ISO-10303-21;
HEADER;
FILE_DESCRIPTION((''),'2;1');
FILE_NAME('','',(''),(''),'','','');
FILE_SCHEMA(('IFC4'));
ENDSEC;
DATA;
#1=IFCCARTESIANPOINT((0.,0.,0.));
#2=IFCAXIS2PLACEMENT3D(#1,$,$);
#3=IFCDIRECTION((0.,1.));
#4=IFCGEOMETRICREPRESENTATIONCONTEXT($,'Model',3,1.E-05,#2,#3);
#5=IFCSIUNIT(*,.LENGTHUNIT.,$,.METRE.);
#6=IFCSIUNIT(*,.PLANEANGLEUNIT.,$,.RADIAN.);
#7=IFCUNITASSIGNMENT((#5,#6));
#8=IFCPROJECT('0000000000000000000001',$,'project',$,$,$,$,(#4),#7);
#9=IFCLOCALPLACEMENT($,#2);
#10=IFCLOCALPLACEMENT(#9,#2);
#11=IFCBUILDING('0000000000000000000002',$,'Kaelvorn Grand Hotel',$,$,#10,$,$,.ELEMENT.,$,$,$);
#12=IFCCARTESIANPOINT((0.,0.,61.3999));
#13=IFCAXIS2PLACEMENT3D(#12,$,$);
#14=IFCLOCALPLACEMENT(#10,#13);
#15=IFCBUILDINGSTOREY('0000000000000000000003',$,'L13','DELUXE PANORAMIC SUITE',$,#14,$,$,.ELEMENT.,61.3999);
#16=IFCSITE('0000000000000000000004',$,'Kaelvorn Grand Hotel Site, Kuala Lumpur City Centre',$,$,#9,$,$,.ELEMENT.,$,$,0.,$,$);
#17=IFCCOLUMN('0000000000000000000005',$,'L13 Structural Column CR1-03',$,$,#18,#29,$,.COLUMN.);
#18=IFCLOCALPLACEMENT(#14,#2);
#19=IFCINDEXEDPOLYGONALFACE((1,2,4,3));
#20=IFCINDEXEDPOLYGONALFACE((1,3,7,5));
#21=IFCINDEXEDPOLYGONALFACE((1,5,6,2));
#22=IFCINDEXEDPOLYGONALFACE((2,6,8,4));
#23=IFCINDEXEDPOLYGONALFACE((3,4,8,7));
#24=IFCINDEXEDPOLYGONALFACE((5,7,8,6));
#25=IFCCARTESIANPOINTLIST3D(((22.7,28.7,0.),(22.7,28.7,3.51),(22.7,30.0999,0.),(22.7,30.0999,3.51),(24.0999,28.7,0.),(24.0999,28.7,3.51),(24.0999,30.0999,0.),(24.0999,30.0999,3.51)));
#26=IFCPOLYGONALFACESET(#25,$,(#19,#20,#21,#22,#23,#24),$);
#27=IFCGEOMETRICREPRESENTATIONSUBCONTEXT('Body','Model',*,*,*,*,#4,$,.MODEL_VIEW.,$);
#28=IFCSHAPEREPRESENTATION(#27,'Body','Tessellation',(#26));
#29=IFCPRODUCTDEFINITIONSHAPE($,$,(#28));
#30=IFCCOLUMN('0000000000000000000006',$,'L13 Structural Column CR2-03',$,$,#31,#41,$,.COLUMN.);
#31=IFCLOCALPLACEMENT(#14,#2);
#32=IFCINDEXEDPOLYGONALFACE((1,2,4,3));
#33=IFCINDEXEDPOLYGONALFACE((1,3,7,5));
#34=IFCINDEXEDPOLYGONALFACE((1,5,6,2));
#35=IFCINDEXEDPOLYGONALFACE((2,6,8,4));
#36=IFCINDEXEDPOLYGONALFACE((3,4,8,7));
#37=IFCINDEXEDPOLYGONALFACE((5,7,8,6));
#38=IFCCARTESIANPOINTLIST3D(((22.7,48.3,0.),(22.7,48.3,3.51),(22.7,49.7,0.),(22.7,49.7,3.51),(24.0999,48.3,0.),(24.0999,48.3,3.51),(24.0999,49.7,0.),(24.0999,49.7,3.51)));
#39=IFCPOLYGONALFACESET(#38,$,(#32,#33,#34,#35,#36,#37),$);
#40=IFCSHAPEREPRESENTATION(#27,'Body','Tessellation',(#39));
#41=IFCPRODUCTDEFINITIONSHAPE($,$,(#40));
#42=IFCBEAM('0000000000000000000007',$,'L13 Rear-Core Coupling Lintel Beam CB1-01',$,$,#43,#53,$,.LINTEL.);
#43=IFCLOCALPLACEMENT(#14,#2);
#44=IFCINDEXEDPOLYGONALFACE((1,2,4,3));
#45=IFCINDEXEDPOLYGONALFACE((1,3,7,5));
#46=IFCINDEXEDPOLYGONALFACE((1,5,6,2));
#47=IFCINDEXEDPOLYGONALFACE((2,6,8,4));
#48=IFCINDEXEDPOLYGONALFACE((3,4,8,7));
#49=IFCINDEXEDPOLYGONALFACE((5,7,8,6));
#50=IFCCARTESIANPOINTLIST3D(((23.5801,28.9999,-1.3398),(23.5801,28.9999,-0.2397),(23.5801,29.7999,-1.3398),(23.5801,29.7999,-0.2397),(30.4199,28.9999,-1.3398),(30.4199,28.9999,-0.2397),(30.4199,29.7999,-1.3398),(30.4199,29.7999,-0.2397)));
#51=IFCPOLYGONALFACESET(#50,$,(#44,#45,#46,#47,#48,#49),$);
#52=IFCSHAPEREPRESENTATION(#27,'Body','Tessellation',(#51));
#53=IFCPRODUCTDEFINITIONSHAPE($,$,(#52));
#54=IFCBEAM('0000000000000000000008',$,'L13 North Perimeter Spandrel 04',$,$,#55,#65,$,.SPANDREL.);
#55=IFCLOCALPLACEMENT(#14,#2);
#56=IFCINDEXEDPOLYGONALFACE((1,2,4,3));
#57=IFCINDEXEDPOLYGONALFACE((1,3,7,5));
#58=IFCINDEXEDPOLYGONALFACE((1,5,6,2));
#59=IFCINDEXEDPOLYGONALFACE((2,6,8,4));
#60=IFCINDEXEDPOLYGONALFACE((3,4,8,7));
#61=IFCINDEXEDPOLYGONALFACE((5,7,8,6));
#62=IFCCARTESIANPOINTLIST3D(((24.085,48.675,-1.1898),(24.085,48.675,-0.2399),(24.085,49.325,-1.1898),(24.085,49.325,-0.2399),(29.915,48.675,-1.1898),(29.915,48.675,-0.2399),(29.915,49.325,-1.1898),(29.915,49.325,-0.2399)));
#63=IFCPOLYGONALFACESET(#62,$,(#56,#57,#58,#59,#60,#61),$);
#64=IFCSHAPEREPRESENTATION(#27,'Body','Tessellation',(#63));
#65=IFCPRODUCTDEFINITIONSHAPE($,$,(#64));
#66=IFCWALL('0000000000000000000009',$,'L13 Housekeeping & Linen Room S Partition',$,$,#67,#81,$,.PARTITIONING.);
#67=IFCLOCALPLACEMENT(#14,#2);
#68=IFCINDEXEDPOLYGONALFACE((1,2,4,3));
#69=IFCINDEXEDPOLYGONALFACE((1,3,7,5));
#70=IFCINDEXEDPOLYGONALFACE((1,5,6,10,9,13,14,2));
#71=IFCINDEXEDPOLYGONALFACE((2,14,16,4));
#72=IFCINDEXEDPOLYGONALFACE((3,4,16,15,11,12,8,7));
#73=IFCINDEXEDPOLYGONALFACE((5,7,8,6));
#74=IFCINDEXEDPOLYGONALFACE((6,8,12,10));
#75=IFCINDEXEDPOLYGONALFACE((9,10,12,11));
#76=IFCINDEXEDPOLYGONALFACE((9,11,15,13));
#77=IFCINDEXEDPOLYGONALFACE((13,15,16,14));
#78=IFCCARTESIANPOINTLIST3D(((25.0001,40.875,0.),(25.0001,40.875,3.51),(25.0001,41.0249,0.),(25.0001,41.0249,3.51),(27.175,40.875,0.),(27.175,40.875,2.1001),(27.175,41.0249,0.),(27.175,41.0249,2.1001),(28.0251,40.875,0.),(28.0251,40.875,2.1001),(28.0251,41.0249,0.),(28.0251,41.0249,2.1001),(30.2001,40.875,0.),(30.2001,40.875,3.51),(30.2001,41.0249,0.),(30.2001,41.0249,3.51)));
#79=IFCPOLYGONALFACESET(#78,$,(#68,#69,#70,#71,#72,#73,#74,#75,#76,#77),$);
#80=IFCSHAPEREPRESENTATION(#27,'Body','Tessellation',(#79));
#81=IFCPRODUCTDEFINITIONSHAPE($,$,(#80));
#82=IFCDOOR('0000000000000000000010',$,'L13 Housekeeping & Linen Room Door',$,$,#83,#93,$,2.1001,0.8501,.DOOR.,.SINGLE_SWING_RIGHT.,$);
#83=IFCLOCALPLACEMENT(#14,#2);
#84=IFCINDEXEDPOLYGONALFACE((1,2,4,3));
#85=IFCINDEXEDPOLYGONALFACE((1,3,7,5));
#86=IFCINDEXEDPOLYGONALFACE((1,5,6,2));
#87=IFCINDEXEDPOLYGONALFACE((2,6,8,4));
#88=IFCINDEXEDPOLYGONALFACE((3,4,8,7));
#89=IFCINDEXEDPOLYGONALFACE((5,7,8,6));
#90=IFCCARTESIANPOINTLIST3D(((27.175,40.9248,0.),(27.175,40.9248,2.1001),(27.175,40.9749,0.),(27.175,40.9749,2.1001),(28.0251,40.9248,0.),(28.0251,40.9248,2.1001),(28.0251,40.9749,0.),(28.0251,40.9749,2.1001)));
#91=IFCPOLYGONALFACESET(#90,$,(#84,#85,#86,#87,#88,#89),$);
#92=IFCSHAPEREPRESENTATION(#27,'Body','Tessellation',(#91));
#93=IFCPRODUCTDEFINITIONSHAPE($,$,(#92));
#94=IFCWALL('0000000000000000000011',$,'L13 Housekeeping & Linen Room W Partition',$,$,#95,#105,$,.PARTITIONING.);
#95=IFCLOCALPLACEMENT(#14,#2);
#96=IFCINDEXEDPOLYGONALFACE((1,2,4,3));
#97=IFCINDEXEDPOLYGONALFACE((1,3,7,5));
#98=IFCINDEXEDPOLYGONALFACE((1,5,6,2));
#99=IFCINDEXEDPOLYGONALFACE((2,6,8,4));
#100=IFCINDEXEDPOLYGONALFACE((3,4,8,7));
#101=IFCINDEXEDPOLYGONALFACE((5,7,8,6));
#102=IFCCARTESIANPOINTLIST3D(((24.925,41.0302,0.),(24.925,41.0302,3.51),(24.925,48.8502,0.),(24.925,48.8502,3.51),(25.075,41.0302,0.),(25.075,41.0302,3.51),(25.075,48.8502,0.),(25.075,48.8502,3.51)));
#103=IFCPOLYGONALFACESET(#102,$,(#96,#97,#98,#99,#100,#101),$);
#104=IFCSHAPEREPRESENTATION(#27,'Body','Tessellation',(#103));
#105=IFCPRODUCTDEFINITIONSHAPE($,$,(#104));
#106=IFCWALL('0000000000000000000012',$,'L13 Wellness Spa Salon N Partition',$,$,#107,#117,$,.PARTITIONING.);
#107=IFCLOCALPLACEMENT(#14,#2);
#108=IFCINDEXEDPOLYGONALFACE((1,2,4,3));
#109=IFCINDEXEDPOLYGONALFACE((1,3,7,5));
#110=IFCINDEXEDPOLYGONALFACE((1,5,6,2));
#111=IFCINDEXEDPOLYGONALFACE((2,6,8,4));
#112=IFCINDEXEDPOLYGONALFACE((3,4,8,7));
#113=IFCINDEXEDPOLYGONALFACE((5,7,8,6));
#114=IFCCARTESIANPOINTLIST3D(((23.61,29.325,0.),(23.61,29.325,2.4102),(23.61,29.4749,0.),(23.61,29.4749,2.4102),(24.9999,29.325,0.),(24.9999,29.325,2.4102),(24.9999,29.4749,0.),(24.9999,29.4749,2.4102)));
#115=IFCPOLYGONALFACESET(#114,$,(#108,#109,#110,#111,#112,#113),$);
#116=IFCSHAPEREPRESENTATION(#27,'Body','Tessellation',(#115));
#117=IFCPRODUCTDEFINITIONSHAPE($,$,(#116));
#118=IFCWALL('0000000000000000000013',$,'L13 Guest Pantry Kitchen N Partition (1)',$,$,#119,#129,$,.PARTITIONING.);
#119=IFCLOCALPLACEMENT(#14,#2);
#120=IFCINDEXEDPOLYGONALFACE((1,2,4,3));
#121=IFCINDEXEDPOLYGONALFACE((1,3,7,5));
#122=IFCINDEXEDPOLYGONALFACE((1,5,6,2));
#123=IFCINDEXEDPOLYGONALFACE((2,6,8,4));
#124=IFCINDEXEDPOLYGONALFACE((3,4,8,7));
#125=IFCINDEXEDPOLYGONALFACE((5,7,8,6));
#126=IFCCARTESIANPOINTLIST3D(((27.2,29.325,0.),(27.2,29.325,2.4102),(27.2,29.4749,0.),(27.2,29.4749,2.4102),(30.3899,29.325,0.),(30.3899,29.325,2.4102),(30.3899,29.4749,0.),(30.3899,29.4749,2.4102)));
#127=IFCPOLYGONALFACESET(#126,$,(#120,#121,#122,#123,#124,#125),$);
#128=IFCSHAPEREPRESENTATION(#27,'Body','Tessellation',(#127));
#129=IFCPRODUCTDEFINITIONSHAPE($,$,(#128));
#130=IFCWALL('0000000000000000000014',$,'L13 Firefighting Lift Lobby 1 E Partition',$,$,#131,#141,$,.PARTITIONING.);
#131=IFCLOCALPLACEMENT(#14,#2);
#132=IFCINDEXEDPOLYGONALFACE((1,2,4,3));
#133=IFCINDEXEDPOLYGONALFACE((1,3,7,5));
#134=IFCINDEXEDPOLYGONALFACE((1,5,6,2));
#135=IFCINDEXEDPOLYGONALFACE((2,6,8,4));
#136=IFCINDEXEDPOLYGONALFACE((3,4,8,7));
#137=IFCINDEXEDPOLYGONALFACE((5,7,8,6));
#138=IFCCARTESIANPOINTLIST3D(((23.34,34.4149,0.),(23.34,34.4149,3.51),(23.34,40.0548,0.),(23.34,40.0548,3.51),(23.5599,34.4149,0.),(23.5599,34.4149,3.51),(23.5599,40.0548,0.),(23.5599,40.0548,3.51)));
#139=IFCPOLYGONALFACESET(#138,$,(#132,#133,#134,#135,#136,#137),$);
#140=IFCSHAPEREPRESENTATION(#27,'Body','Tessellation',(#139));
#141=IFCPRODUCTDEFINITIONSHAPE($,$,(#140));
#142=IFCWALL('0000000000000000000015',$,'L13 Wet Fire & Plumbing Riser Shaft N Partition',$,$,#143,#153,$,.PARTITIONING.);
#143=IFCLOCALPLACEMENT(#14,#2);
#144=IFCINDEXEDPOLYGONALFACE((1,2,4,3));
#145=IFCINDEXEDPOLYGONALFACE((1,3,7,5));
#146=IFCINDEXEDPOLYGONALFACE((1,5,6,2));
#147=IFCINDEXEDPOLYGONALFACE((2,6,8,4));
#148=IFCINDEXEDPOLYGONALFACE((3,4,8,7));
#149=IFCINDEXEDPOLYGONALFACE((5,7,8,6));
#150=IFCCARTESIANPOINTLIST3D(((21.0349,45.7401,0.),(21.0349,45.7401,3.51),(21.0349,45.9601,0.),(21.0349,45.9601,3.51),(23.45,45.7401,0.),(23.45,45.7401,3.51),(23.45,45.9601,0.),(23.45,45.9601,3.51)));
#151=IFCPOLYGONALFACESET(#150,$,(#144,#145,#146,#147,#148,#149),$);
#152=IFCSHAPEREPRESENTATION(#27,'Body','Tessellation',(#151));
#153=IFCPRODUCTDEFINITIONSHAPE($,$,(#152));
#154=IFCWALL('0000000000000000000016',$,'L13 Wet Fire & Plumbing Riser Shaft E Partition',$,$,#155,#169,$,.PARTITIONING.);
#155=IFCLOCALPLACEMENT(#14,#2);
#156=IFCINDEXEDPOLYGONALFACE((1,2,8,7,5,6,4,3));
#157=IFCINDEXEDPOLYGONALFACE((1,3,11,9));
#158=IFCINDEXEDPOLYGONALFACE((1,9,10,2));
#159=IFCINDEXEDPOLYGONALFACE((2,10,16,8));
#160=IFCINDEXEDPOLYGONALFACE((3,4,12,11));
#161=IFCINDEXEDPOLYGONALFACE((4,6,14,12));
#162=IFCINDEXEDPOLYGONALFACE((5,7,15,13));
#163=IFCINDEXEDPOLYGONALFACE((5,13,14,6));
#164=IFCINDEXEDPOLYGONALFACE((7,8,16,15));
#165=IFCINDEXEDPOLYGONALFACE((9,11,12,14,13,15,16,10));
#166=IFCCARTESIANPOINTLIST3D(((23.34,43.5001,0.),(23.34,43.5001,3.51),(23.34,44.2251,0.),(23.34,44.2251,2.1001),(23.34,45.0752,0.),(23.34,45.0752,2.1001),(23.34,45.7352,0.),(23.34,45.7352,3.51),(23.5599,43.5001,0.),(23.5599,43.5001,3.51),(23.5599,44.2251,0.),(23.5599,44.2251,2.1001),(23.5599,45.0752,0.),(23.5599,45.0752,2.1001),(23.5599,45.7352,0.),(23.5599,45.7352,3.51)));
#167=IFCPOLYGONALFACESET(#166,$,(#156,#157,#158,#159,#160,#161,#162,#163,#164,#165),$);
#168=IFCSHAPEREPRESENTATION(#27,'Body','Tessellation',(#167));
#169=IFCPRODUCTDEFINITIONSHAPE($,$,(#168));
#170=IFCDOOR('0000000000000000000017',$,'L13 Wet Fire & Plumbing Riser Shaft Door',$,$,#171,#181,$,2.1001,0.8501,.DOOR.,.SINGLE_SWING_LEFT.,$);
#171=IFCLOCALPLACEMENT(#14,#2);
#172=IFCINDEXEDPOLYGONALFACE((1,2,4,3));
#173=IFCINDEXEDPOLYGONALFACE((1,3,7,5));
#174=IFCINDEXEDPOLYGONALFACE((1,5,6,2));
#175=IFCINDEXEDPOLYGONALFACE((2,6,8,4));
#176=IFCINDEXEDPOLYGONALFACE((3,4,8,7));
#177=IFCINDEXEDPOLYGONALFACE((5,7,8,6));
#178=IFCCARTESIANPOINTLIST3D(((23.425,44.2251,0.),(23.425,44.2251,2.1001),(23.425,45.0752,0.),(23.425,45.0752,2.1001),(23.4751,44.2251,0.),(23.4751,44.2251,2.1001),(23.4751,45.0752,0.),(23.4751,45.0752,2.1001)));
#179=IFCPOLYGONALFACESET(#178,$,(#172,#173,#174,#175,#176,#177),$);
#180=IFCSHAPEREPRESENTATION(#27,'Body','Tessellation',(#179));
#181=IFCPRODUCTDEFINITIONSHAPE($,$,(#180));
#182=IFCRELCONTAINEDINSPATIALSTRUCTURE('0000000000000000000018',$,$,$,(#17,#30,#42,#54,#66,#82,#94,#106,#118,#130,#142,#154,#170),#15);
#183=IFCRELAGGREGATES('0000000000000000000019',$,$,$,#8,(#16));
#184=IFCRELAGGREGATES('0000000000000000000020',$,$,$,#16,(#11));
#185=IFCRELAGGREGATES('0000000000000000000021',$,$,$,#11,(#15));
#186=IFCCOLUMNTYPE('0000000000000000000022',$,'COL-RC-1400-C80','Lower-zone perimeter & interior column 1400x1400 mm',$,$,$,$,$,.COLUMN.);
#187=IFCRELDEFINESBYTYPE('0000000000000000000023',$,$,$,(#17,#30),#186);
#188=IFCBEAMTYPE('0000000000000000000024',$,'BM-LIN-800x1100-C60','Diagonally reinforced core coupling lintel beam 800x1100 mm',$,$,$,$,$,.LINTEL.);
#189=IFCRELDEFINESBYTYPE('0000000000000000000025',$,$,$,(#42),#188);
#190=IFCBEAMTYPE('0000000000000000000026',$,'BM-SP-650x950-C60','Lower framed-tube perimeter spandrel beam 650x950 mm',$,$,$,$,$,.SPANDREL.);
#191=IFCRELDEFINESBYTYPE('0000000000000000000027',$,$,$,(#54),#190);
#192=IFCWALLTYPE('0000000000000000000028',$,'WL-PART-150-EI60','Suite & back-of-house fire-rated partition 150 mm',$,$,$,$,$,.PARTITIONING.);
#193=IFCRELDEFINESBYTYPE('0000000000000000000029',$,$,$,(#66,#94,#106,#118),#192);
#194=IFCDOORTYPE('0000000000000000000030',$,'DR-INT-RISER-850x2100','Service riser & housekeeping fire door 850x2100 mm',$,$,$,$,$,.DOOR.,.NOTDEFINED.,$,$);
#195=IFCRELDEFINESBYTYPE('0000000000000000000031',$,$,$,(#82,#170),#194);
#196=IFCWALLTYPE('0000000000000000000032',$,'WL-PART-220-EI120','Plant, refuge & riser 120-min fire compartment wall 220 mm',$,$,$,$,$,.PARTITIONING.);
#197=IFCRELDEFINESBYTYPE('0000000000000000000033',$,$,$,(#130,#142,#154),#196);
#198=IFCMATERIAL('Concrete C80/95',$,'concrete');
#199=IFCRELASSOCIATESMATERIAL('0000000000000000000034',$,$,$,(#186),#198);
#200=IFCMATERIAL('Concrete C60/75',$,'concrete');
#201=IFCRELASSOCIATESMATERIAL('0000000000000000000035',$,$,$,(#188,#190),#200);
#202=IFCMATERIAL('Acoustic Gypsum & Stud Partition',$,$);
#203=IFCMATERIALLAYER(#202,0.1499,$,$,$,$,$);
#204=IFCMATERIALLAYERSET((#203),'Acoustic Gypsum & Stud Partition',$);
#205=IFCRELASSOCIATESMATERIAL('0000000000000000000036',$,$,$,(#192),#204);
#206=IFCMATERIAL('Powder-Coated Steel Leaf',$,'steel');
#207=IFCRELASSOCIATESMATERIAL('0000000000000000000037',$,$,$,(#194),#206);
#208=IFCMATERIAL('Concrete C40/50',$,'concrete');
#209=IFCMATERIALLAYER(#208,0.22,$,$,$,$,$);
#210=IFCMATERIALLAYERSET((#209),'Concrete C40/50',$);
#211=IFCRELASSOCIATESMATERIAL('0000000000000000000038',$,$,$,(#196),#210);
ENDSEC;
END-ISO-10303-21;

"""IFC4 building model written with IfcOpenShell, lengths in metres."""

from ifc_helpers import new_model, si_unit, direction, frame, frame_2d, origin, origin_2d, place, context, subcontext, project, spatial, rectangle, extrude, material, layer, layer_set, material_profile, profile_set, type_object, element, fill, save


model = new_model("IFC4")

# Units and contexts
model_context = context("Model", 3, precision=1e-05, world=origin(), true_north=direction((0.0, 1.0)))
body_context = subcontext(model_context, "Body", "Model", "MODEL_VIEW")
ifc_project = project(units=[si_unit("LENGTHUNIT", "METRE"), si_unit("PLANEANGLEUNIT", "RADIAN")], contexts=[model_context])

# Site, building, storey
site_placement = place(None, origin())
site = spatial("IfcSite", under=ifc_project, at=site_placement, Name="Kaelvorn Grand Hotel Site, Kuala Lumpur City Centre", CompositionType="ELEMENT", RefElevation=0.0)
building_placement = place(site_placement, origin())
building = spatial("IfcBuilding", under=site, at=building_placement, Name="Kaelvorn Grand Hotel", CompositionType="ELEMENT")
storey_placement = place(building_placement, frame((0.0, 0.0, 61.3999)))
storey = spatial("IfcBuildingStorey", under=building, at=storey_placement, Name="L13", Description="DELUXE PANORAMIC SUITE", CompositionType="ELEMENT", Elevation=61.3999)

# Columns
ifc_material_1 = material(Name="Concrete C80/95", Category="concrete")
ifc_material_profile_1 = material_profile(ifc_material_1, rectangle(XDim=1.3999, YDim=1.3999, at=origin_2d()), Name="RC COL 1400x1400")
ifc_profile_set_1 = profile_set([ifc_material_profile_1], Name="Concrete C80/95")
column_type = type_object("IfcColumnType", Name="COL-RC-1400-C80", Description="Lower-zone perimeter & interior column 1400x1400 mm", PredefinedType="COLUMN", material=ifc_profile_set_1)
for number, where, z_axis, x_axis, name in (
    (1, (23.3999, 29.3999, 0.0), (0.0, 0.0, 1.0), (1.0, 0.0, 0.0), "L13 Structural Column CR1-03"),
    (2, (23.3999, 49.0, 0.0), (0.0, 0.0, 1.0), (1.0, 0.0, 0.0), "L13 Structural Column CR2-03"),
):
    element("IfcColumn", number, at=place(storey_placement, frame(where, z_axis=z_axis, x_axis=x_axis)), inside=storey, type_object=column_type, Name=name, PredefinedType="COLUMN", context=body_context, shape_type="SweptSolid", body=[
        extrude(rectangle(XDim=1.3999, YDim=1.3999, at=origin_2d()), origin(), (0.0, 0.0, 1.0), 3.51),
    ])

# Beams
ifc_material_2 = material(Name="Concrete C60/75", Category="concrete")
ifc_material_profile_2 = material_profile(ifc_material_2, rectangle(XDim=0.8, YDim=1.1001, at=origin_2d()), Name="RC LINTEL 800x1100")
ifc_profile_set_2 = profile_set([ifc_material_profile_2], Name="Concrete C60/75")
beam_type_1 = type_object("IfcBeamType", Name="BM-LIN-800x1100-C60", Description="Diagonally reinforced core coupling lintel beam 800x1100 mm", PredefinedType="LINTEL", material=ifc_profile_set_2)
beam_1_placement = place(storey_placement, frame((23.5801, 29.3999, -0.7898), z_axis=(1.0, 0.0, 0.0), x_axis=(0.0, 1.0, 0.0)))
element("IfcBeam", 3, at=beam_1_placement, inside=storey, type_object=beam_type_1, Name="L13 Rear-Core Coupling Lintel Beam CB1-01", PredefinedType="LINTEL", context=body_context, shape_type="SweptSolid", body=[
    extrude(rectangle(XDim=0.8, YDim=1.1001, at=origin_2d()), origin(), (0.0, 0.0, 1.0), 6.8398),
])
ifc_material_profile_3 = material_profile(ifc_material_2, rectangle(XDim=0.6499, YDim=0.95, at=origin_2d()), Name="RC SPANDREL 650x950")
ifc_profile_set_3 = profile_set([ifc_material_profile_3], Name="Concrete C60/75")
beam_type_2 = type_object("IfcBeamType", Name="BM-SP-650x950-C60", Description="Lower framed-tube perimeter spandrel beam 650x950 mm", PredefinedType="SPANDREL", material=ifc_profile_set_3)
beam_2_placement = place(storey_placement, frame((24.085, 49.0, -0.7148), z_axis=(1.0, 0.0, 0.0), x_axis=(0.0, 1.0, 0.0)))
element("IfcBeam", 4, at=beam_2_placement, inside=storey, type_object=beam_type_2, Name="L13 North Perimeter Spandrel 04", PredefinedType="SPANDREL", context=body_context, shape_type="SweptSolid", body=[
    extrude(rectangle(XDim=0.6499, YDim=0.95, at=origin_2d()), origin(), (0.0, 0.0, 1.0), 5.8301),
])

# Wall, opening, door
ifc_material_3 = material(Name="Acoustic Gypsum & Stud Partition")
ifc_layer_1 = layer(ifc_material_3, 0.1499)
ifc_layer_set_1 = layer_set([ifc_layer_1], Name="Acoustic Gypsum & Stud Partition")
wall_type_1 = type_object("IfcWallType", Name="WL-PART-150-EI60", Description="Suite & back-of-house fire-rated partition 150 mm", PredefinedType="PARTITIONING", material=ifc_layer_set_1)
wall_1_placement = place(storey_placement, frame((25.0, 40.95, 0.0), z_axis=(0.0, 0.0, 1.0), x_axis=(1.0, 0.0, 0.0)))
wall_1 = element("IfcWall", 5, at=wall_1_placement, inside=storey, type_object=wall_type_1, Name="L13 Housekeeping & Linen Room S Partition", PredefinedType="PARTITIONING", context=body_context, shape_type="SweptSolid", body=[
    extrude(rectangle(XDim=5.2, YDim=0.1499, at=frame_2d((2.6001, 0.0))), origin(), (0.0, 0.0, 1.0), 3.51),
])
opening_1_placement = place(wall_1_placement, frame((2.175, 0.0, 0.0)))
opening_1 = element("IfcOpeningElement", 6, at=opening_1_placement, cuts=wall_1, PredefinedType="OPENING", context=body_context, shape_type="SweptSolid", body=[
    extrude(rectangle(XDim=0.8501, YDim=2.1001, at=frame_2d((0.425, 1.05))), frame((0.0, 0.085, 0.0), z_axis=(0.0, -1.0, 0.0), x_axis=(1.0, 0.0, 0.0)), (0.0, 0.0, 1.0), 0.1699),
])
ifc_material_4 = material(Name="Powder-Coated Steel Leaf", Category="steel")
door_type_1 = type_object("IfcDoorType", Name="DR-INT-RISER-850x2100", Description="Service riser & housekeeping fire door 850x2100 mm", OperationType="NOTDEFINED", PredefinedType="DOOR", material=ifc_material_4)
door_1_placement = place(opening_1_placement, origin())
door_1 = element("IfcDoor", 7, at=door_1_placement, inside=storey, type_object=door_type_1, Name="L13 Housekeeping & Linen Room Door", OperationType="SINGLE_SWING_RIGHT", OverallHeight=2.1001, OverallWidth=0.8501, PredefinedType="DOOR", context=body_context, shape_type="SweptSolid", body=[
    extrude(rectangle(XDim=0.8501, YDim=2.1001, at=frame_2d((0.425, 1.05))), frame((0.0, 0.0249, 0.0), z_axis=(0.0, -1.0, 0.0), x_axis=(1.0, 0.0, 0.0)), (0.0, 0.0, 1.0), 0.05),
])
fill(opening_1, door_1)

# Walls
wall_2_placement = place(storey_placement, frame((25.0, 41.03, 0.0), z_axis=(0.0, 0.0, 1.0), x_axis=(0.0, 1.0, 0.0)))
element("IfcWall", 8, at=wall_2_placement, inside=storey, type_object=wall_type_1, Name="L13 Housekeeping & Linen Room W Partition", PredefinedType="PARTITIONING", context=body_context, shape_type="SweptSolid", body=[
    extrude(rectangle(XDim=7.8201, YDim=0.1499, at=frame_2d((3.9102, 0.0))), origin(), (0.0, 0.0, 1.0), 3.51),
])
wall_3_placement = place(storey_placement, frame((23.6101, 29.3999, 0.0), z_axis=(0.0, 0.0, 1.0), x_axis=(1.0, 0.0, 0.0)))
element("IfcWall", 9, at=wall_3_placement, inside=storey, type_object=wall_type_1, Name="L13 Wellness Spa Salon N Partition", PredefinedType="PARTITIONING", context=body_context, shape_type="SweptSolid", body=[
    extrude(rectangle(XDim=1.3899, YDim=0.1499, at=frame_2d((0.6948, 0.0))), origin(), (0.0, 0.0, 1.0), 2.4102),
])
wall_4_placement = place(storey_placement, frame((27.2, 29.3999, 0.0), z_axis=(0.0, 0.0, 1.0), x_axis=(1.0, 0.0, 0.0)))
element("IfcWall", 10, at=wall_4_placement, inside=storey, type_object=wall_type_1, Name="L13 Guest Pantry Kitchen N Partition (1)", PredefinedType="PARTITIONING", context=body_context, shape_type="SweptSolid", body=[
    extrude(rectangle(XDim=3.1899, YDim=0.1499, at=frame_2d((1.595, 0.0))), origin(), (0.0, 0.0, 1.0), 2.4102),
])
ifc_material_5 = material(Name="Concrete C40/50", Category="concrete")
ifc_layer_2 = layer(ifc_material_5, 0.22)
ifc_layer_set_2 = layer_set([ifc_layer_2], Name="Concrete C40/50")
wall_type_2 = type_object("IfcWallType", Name="WL-PART-220-EI120", Description="Plant, refuge & riser 120-min fire compartment wall 220 mm", PredefinedType="PARTITIONING", material=ifc_layer_set_2)
wall_5_placement = place(storey_placement, frame((23.45, 34.415, 0.0), z_axis=(0.0, 0.0, 1.0), x_axis=(0.0, 1.0, 0.0)))
element("IfcWall", 11, at=wall_5_placement, inside=storey, type_object=wall_type_2, Name="L13 Firefighting Lift Lobby 1 E Partition", PredefinedType="PARTITIONING", context=body_context, shape_type="SweptSolid", body=[
    extrude(rectangle(XDim=5.6399, YDim=0.22, at=frame_2d((2.8198, 0.0))), origin(), (0.0, 0.0, 1.0), 3.51),
])
wall_6_placement = place(storey_placement, frame((21.0349, 45.8501, 0.0), z_axis=(0.0, 0.0, 1.0), x_axis=(1.0, 0.0, 0.0)))
element("IfcWall", 12, at=wall_6_placement, inside=storey, type_object=wall_type_2, Name="L13 Wet Fire & Plumbing Riser Shaft N Partition", PredefinedType="PARTITIONING", context=body_context, shape_type="SweptSolid", body=[
    extrude(rectangle(XDim=2.415, YDim=0.22, at=frame_2d((1.2075, 0.0))), origin(), (0.0, 0.0, 1.0), 3.51),
])

# Wall, opening, door
wall_7_placement = place(storey_placement, frame((23.45, 43.5, 0.0), z_axis=(0.0, 0.0, 1.0), x_axis=(0.0, 1.0, 0.0)))
wall_7 = element("IfcWall", 13, at=wall_7_placement, inside=storey, type_object=wall_type_2, Name="L13 Wet Fire & Plumbing Riser Shaft E Partition", PredefinedType="PARTITIONING", context=body_context, shape_type="SweptSolid", body=[
    extrude(rectangle(XDim=2.2351, YDim=0.22, at=frame_2d((1.1177, 0.0))), origin(), (0.0, 0.0, 1.0), 3.51),
])
opening_2_placement = place(wall_7_placement, frame((0.7251, 0.0, 0.0)))
opening_2 = element("IfcOpeningElement", 14, at=opening_2_placement, cuts=wall_7, PredefinedType="OPENING", context=body_context, shape_type="SweptSolid", body=[
    extrude(rectangle(XDim=0.8501, YDim=2.1001, at=frame_2d((0.425, 1.05))), frame((0.0, 0.1201, 0.0), z_axis=(0.0, -1.0, 0.0), x_axis=(1.0, 0.0, 0.0)), (0.0, 0.0, 1.0), 0.24),
])
door_2_placement = place(opening_2_placement, origin())
door_2 = element("IfcDoor", 15, at=door_2_placement, inside=storey, type_object=door_type_1, Name="L13 Wet Fire & Plumbing Riser Shaft Door", OperationType="SINGLE_SWING_LEFT", OverallHeight=2.1001, OverallWidth=0.8501, PredefinedType="DOOR", context=body_context, shape_type="SweptSolid", body=[
    extrude(rectangle(XDim=0.8501, YDim=2.1001, at=frame_2d((0.425, 1.05))), frame((0.0, 0.0249, 0.0), z_axis=(0.0, -1.0, 0.0), x_axis=(1.0, 0.0, 0.0)), (0.0, 0.0, 1.0), 0.05),
])
fill(opening_2, door_2)

save(model, "model.ifc")
